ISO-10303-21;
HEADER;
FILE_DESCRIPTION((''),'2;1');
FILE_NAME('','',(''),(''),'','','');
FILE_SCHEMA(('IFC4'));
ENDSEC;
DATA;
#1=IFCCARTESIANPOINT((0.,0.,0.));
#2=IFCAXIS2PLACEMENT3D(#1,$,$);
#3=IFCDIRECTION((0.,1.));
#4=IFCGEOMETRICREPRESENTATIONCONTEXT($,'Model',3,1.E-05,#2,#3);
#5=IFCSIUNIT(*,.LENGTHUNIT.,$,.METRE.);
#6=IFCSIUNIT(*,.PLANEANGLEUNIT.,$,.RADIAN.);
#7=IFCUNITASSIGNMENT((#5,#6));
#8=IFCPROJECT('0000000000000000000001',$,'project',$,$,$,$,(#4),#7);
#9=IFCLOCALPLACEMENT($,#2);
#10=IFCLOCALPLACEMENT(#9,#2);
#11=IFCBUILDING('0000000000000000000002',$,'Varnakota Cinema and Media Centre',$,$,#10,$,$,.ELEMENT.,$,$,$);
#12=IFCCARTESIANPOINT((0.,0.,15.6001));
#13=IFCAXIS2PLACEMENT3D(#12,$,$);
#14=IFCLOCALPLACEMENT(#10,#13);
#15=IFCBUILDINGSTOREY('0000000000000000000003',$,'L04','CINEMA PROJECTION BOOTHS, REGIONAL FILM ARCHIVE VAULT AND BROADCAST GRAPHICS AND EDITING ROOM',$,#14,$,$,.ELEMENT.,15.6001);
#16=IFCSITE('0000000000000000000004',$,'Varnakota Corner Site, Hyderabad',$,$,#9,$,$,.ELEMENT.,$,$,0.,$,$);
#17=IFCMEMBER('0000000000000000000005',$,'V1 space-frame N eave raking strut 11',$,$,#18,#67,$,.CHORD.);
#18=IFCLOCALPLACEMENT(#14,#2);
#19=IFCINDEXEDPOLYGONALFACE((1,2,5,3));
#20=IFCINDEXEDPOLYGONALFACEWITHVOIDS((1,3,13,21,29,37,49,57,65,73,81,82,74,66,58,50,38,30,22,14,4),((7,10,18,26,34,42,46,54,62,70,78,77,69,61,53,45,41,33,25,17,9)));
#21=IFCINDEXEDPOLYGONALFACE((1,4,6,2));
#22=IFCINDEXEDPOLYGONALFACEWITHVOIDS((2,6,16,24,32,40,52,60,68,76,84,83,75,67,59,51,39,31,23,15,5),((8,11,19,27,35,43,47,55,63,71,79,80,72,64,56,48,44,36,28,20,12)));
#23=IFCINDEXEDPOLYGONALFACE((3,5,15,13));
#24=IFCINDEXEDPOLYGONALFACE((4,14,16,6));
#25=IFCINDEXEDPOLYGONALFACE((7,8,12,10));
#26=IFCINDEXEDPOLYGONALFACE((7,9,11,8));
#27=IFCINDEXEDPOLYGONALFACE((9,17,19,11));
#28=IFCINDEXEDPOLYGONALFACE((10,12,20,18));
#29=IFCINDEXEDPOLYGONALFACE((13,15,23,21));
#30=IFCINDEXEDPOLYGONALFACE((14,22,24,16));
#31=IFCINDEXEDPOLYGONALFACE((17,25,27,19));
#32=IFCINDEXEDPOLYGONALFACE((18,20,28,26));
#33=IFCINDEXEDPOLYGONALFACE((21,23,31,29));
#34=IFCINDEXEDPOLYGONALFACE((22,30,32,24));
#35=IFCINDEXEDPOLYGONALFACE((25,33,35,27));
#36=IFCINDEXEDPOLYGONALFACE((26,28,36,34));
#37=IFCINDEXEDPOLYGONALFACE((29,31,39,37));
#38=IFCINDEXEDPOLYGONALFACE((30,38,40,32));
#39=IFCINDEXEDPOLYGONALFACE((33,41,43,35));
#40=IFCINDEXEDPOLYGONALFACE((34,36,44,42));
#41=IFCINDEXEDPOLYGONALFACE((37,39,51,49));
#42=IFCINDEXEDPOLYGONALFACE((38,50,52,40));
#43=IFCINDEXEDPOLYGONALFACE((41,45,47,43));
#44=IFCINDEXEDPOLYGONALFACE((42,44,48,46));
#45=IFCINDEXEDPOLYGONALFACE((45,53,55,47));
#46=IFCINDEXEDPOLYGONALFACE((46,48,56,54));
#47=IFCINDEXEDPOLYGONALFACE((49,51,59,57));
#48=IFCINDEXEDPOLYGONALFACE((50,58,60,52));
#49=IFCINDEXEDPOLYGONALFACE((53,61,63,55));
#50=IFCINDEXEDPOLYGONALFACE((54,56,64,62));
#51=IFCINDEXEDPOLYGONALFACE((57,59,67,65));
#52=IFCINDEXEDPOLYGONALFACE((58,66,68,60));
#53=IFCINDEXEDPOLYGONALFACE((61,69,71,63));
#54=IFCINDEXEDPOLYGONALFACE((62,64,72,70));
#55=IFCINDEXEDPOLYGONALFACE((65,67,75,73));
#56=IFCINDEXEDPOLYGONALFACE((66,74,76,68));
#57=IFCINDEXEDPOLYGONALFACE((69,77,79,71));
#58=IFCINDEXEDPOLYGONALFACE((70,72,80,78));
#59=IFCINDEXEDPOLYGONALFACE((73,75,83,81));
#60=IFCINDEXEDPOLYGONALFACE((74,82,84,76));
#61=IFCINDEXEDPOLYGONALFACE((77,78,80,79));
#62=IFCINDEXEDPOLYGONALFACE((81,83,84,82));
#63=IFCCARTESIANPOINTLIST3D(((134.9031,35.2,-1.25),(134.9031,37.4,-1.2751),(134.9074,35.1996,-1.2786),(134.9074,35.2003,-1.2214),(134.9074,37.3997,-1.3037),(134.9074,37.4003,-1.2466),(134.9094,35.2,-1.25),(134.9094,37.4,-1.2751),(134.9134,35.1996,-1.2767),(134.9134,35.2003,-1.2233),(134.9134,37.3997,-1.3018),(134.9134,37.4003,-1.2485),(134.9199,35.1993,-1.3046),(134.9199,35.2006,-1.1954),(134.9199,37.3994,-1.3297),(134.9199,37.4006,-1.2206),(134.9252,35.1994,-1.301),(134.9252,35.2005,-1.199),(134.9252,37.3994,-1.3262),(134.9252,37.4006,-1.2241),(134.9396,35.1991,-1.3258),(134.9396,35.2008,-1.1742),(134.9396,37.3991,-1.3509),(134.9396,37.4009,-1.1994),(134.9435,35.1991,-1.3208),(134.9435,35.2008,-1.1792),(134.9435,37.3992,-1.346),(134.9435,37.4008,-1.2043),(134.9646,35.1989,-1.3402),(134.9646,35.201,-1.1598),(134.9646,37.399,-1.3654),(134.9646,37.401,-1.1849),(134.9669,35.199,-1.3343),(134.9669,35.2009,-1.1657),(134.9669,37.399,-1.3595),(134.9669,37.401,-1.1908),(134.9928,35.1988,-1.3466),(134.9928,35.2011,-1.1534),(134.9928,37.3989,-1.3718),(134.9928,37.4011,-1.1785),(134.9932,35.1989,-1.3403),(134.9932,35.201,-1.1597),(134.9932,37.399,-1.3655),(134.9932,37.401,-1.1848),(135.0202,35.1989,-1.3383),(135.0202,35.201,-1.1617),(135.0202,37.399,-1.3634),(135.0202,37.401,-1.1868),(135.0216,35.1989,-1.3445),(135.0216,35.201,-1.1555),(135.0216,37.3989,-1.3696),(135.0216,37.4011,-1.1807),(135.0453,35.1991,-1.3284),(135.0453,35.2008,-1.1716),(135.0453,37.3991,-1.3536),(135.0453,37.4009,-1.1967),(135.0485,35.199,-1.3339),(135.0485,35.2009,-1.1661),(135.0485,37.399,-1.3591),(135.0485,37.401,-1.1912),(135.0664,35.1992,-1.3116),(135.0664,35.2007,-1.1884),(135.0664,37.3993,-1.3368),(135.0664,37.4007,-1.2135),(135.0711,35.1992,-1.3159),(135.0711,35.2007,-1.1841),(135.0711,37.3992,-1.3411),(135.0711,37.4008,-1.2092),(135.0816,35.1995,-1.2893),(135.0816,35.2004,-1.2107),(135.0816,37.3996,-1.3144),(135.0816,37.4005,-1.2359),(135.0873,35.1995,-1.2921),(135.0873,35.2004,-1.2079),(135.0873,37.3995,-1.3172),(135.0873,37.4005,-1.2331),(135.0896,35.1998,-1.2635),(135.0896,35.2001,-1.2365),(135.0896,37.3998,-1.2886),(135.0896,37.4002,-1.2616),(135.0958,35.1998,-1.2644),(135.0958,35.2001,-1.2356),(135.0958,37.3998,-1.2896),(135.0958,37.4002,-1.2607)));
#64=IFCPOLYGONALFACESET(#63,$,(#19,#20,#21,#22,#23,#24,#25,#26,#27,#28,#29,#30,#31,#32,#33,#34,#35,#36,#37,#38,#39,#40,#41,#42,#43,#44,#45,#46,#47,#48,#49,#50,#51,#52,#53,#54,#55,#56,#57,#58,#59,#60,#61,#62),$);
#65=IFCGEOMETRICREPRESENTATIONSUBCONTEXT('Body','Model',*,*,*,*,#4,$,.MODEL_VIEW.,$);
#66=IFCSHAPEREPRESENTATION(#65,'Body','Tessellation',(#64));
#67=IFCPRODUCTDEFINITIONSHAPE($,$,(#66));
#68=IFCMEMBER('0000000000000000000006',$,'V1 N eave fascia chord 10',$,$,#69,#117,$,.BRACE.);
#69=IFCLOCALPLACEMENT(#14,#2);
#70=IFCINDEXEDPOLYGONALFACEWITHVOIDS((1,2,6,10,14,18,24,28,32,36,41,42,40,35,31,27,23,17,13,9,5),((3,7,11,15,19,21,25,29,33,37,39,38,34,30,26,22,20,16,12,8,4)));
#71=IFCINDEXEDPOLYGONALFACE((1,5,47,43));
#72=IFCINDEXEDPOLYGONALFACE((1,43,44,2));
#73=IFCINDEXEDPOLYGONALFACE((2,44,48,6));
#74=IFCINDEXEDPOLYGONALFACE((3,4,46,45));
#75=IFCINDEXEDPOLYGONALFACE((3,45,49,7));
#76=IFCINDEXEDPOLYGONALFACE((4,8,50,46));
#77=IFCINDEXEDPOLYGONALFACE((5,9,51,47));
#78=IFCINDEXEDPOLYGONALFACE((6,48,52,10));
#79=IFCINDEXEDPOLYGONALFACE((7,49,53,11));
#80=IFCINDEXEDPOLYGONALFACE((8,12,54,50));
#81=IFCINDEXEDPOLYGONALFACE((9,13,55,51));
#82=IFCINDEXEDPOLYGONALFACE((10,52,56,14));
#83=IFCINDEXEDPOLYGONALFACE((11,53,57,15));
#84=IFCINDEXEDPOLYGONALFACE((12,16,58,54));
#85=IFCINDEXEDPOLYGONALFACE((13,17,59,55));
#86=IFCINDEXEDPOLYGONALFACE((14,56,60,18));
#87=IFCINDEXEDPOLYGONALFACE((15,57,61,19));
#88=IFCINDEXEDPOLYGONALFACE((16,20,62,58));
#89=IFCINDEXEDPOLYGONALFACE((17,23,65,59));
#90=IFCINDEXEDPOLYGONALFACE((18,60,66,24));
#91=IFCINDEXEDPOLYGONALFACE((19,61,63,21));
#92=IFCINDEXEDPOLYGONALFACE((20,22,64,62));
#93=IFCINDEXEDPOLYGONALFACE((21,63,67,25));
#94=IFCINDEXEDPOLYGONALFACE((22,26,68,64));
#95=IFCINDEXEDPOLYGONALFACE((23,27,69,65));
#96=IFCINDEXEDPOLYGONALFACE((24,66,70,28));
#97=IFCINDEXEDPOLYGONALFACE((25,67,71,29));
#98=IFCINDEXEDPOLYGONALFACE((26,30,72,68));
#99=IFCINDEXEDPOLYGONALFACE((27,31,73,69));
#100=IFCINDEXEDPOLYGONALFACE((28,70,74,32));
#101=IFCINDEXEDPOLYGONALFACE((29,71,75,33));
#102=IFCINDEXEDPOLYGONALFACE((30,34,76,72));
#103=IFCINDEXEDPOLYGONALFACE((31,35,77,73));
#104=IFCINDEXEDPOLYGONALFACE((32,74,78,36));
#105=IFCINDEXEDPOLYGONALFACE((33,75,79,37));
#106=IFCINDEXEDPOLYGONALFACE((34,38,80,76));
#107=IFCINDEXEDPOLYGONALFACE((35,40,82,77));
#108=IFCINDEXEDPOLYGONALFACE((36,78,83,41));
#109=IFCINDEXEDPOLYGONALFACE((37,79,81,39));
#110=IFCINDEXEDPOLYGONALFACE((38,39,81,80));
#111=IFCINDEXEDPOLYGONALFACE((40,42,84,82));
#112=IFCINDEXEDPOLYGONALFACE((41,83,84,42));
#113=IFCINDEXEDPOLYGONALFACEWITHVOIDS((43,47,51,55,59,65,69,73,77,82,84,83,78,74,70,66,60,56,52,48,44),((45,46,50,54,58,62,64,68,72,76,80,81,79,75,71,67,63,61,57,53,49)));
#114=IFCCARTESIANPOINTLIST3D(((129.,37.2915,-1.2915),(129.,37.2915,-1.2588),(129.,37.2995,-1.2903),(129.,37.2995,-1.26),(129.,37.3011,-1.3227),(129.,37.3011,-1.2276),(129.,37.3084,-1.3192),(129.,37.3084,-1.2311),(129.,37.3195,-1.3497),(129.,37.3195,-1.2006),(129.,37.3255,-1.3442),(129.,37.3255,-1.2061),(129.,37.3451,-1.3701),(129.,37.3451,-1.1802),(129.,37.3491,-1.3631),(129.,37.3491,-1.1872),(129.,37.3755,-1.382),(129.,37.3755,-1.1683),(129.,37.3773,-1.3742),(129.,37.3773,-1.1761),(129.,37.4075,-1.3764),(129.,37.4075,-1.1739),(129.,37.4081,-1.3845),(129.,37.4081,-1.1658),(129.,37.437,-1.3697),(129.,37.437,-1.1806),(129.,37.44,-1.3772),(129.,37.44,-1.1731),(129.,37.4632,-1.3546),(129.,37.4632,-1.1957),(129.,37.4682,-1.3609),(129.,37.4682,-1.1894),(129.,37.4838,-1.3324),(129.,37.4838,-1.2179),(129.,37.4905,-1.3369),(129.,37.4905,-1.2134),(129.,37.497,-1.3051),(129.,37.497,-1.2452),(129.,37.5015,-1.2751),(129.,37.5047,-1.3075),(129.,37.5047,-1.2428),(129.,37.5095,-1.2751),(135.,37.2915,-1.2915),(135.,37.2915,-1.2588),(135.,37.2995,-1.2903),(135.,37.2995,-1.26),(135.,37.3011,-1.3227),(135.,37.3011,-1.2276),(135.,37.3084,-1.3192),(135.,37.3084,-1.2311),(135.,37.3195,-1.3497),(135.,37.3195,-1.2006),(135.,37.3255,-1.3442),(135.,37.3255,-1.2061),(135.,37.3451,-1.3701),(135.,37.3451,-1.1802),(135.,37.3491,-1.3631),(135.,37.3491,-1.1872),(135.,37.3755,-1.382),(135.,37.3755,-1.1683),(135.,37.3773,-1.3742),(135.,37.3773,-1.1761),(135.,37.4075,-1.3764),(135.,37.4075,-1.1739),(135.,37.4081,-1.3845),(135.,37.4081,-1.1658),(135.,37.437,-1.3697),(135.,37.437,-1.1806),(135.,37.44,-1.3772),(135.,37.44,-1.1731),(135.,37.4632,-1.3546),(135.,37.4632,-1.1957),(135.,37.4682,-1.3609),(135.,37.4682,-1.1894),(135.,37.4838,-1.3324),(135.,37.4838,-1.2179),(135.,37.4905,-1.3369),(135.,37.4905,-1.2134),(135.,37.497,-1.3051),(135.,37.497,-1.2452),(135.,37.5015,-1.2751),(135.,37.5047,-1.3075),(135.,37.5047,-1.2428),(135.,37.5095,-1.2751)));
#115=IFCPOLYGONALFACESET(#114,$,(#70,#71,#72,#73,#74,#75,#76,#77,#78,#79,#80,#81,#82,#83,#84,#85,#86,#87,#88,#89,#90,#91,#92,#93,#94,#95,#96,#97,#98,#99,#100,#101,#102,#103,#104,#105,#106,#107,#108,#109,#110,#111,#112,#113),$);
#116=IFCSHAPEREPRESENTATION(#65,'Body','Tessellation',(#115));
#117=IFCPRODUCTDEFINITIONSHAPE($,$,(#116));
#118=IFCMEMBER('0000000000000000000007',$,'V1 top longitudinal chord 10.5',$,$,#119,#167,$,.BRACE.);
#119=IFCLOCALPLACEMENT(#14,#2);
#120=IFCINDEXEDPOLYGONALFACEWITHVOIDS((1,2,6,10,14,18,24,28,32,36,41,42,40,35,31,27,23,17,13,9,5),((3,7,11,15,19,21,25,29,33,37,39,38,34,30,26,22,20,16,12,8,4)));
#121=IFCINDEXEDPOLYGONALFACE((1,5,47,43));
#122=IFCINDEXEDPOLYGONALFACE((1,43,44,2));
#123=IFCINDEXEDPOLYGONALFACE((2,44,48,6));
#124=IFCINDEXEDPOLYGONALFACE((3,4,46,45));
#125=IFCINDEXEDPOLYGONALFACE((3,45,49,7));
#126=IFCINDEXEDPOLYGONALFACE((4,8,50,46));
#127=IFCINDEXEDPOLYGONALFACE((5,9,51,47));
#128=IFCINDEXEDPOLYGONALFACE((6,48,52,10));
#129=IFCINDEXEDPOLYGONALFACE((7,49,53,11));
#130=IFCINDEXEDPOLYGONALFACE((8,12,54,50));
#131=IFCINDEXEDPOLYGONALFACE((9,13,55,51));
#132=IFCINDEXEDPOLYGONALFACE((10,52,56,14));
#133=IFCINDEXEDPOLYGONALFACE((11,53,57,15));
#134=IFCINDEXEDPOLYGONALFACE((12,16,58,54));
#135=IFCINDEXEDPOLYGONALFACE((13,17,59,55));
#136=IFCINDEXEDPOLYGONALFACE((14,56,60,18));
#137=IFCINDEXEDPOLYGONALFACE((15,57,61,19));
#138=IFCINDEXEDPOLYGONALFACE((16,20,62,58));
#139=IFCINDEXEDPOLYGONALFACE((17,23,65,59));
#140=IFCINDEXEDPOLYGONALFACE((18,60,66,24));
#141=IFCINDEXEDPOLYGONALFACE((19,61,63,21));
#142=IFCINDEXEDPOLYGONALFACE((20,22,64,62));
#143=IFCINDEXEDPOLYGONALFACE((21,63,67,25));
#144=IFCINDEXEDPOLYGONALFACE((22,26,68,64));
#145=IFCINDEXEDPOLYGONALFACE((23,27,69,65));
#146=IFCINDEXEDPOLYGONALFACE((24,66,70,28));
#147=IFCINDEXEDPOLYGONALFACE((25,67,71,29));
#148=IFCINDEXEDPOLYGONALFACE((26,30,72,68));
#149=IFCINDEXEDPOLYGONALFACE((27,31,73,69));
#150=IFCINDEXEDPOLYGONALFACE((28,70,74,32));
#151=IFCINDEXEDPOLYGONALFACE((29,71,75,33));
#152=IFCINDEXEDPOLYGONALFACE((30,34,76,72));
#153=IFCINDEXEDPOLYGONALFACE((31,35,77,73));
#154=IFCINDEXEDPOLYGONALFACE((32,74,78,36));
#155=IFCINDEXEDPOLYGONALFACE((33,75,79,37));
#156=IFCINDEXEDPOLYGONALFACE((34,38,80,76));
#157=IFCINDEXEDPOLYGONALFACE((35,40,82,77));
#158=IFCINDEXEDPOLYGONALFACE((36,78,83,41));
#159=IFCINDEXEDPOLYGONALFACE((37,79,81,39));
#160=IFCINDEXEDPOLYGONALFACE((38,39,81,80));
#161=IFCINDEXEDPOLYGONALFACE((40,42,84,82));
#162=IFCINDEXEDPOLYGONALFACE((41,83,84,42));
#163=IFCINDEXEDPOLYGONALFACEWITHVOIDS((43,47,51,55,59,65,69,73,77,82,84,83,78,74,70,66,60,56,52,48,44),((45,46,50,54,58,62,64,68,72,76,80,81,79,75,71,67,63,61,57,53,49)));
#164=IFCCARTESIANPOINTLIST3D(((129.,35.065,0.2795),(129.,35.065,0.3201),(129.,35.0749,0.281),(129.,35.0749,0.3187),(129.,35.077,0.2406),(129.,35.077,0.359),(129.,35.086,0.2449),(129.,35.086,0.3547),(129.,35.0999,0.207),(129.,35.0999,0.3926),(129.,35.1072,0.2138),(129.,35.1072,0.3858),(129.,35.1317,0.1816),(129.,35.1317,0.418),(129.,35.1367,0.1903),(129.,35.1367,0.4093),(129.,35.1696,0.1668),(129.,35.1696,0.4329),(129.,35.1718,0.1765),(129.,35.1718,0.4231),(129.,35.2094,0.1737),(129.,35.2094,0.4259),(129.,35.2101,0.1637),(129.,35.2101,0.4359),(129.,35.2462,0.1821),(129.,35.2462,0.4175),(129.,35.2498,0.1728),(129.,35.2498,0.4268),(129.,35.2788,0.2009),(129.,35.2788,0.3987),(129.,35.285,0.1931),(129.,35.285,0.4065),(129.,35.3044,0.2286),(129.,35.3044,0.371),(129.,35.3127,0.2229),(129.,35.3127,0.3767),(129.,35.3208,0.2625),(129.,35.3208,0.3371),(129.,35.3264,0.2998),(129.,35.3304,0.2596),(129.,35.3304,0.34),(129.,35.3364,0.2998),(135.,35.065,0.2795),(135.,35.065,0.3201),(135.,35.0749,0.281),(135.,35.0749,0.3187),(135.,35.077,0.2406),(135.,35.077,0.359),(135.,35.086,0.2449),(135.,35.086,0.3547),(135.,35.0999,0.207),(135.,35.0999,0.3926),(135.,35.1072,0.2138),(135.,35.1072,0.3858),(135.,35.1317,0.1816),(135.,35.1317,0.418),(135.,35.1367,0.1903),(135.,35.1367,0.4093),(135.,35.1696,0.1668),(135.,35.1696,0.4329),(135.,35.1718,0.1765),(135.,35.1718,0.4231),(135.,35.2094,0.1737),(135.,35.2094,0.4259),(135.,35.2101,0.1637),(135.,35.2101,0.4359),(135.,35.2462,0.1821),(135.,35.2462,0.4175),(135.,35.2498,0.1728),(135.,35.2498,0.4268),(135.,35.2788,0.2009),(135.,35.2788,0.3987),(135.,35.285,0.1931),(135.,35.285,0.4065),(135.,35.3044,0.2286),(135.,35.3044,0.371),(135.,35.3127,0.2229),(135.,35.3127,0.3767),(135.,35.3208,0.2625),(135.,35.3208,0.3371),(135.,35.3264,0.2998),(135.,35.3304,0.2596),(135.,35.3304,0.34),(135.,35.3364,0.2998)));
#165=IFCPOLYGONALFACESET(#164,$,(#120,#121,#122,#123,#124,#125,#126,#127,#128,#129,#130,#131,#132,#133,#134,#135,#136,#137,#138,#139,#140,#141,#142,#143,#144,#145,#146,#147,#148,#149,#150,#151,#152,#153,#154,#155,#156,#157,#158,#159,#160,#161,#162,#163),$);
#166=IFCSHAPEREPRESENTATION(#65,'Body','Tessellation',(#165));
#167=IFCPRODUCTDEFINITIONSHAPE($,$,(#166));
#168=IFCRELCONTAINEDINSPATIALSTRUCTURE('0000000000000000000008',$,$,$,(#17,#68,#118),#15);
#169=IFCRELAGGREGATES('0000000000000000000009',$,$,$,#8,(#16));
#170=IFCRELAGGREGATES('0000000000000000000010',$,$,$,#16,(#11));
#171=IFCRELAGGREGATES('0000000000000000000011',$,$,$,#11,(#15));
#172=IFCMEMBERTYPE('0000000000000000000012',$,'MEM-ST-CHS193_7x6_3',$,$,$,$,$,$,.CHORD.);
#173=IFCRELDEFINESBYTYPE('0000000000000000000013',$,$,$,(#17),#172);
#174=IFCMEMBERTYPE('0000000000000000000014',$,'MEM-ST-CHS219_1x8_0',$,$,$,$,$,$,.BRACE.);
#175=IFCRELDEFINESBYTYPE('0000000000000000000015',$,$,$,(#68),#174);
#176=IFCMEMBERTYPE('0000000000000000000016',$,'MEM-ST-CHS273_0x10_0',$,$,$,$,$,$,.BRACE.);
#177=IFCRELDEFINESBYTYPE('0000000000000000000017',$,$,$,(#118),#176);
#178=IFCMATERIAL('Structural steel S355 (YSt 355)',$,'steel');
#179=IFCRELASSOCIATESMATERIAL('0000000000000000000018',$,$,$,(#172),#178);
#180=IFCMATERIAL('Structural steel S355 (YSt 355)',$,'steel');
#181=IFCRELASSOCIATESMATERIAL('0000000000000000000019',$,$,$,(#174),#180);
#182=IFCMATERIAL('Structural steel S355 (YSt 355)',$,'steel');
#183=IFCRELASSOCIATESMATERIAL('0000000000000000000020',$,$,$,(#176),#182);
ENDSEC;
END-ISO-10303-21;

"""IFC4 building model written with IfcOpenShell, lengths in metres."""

from ifc_helpers import new_model, si_unit, direction, frame, origin, origin_2d, place, context, subcontext, project, spatial, hollow_circle, extrude, material, material_profile, profile_set, type_object, element, save


model = new_model("IFC4")

# Units and contexts
model_context = context("Model", 3, precision=1e-05, world=origin(), true_north=direction((0.0, 1.0)))
body_context = subcontext(model_context, "Body", "Model", "MODEL_VIEW")
ifc_project = project(units=[si_unit("LENGTHUNIT", "METRE"), si_unit("PLANEANGLEUNIT", "RADIAN")], contexts=[model_context])

# Site, building, storey
site_placement = place(None, origin())
site = spatial("IfcSite", under=ifc_project, at=site_placement, Name="Varnakota Corner Site, Hyderabad", CompositionType="ELEMENT", RefElevation=0.0)
building_placement = place(site_placement, origin())
building = spatial("IfcBuilding", under=site, at=building_placement, Name="Varnakota Cinema and Media Centre", CompositionType="ELEMENT")
storey_placement = place(building_placement, frame((0.0, 0.0, 15.6001)))
storey = spatial("IfcBuildingStorey", under=building, at=storey_placement, Name="L04", Description="CINEMA PROJECTION BOOTHS, REGIONAL FILM ARCHIVE VAULT AND BROADCAST GRAPHICS AND EDITING ROOM", CompositionType="ELEMENT", Elevation=15.6001)

# Members
ifc_material_1 = material(Name="Structural steel S355 (YSt 355)", Category="steel")
ifc_material_profile_1 = material_profile(ifc_material_1, hollow_circle(Radius=0.0969, WallThickness=0.0063, at=origin_2d()), Name="CHS 193.7x6.3")
ifc_profile_set_1 = profile_set([ifc_material_profile_1], Name="Structural steel S355 (YSt 355)")
member_type_1 = type_object("IfcMemberType", Name="MEM-ST-CHS193_7x6_3", PredefinedType="CHORD", material=ifc_profile_set_1)
for number, where, z_axis, x_axis, name in (
    (1, (135.0, 35.2, -1.25), (0.0, 0.999935, -0.01143), (-1.0, 0.0, 0.0), "V1 space-frame N eave raking strut 11"),
):
    element("IfcMember", number, at=place(storey_placement, frame(where, z_axis=z_axis, x_axis=x_axis)), inside=storey, type_object=member_type_1, Name=name, PredefinedType="CHORD", context=body_context, shape_type="SweptSolid", body=[
        extrude(hollow_circle(Radius=0.0969, WallThickness=0.0063, at=origin_2d()), origin(), (0.0, 0.0, 1.0), 2.2002),
    ])
ifc_material_2 = material(Name="Structural steel S355 (YSt 355)", Category="steel")
ifc_material_profile_2 = material_profile(ifc_material_2, hollow_circle(Radius=0.1096, WallThickness=0.0081, at=origin_2d()), Name="CHS 219.1x8.0")
ifc_profile_set_2 = profile_set([ifc_material_profile_2], Name="Structural steel S355 (YSt 355)")
member_type_2 = type_object("IfcMemberType", Name="MEM-ST-CHS219_1x8_0", PredefinedType="BRACE", material=ifc_profile_set_2)
member_1_placement = place(storey_placement, frame((129.0, 37.3999, -1.2751), z_axis=(1.0, 0.0, 0.0), x_axis=(0.0, 1.0, 0.0)))
element("IfcMember", 2, at=member_1_placement, inside=storey, type_object=member_type_2, Name="V1 N eave fascia chord 10", PredefinedType="BRACE", context=body_context, shape_type="SweptSolid", body=[
    extrude(hollow_circle(Radius=0.1096, WallThickness=0.0081, at=origin_2d()), origin(), (0.0, 0.0, 1.0), 6.0),
])
ifc_material_3 = material(Name="Structural steel S355 (YSt 355)", Category="steel")
ifc_material_profile_3 = material_profile(ifc_material_3, hollow_circle(Radius=0.1365, WallThickness=0.01, at=origin_2d()), Name="CHS 273.0x10.0")
ifc_profile_set_3 = profile_set([ifc_material_profile_3], Name="Structural steel S355 (YSt 355)")
member_type_3 = type_object("IfcMemberType", Name="MEM-ST-CHS273_0x10_0", PredefinedType="BRACE", material=ifc_profile_set_3)
member_2_placement = place(storey_placement, frame((129.0, 35.2, 0.2998), z_axis=(1.0, 0.0, 0.0), x_axis=(0.0, 1.0, 0.0)))
element("IfcMember", 3, at=member_2_placement, inside=storey, type_object=member_type_3, Name="V1 top longitudinal chord 10.5", PredefinedType="BRACE", context=body_context, shape_type="SweptSolid", body=[
    extrude(hollow_circle(Radius=0.1365, WallThickness=0.01, at=origin_2d()), origin(), (0.0, 0.0, 1.0), 6.0),
])

save(model, "model.ifc")
